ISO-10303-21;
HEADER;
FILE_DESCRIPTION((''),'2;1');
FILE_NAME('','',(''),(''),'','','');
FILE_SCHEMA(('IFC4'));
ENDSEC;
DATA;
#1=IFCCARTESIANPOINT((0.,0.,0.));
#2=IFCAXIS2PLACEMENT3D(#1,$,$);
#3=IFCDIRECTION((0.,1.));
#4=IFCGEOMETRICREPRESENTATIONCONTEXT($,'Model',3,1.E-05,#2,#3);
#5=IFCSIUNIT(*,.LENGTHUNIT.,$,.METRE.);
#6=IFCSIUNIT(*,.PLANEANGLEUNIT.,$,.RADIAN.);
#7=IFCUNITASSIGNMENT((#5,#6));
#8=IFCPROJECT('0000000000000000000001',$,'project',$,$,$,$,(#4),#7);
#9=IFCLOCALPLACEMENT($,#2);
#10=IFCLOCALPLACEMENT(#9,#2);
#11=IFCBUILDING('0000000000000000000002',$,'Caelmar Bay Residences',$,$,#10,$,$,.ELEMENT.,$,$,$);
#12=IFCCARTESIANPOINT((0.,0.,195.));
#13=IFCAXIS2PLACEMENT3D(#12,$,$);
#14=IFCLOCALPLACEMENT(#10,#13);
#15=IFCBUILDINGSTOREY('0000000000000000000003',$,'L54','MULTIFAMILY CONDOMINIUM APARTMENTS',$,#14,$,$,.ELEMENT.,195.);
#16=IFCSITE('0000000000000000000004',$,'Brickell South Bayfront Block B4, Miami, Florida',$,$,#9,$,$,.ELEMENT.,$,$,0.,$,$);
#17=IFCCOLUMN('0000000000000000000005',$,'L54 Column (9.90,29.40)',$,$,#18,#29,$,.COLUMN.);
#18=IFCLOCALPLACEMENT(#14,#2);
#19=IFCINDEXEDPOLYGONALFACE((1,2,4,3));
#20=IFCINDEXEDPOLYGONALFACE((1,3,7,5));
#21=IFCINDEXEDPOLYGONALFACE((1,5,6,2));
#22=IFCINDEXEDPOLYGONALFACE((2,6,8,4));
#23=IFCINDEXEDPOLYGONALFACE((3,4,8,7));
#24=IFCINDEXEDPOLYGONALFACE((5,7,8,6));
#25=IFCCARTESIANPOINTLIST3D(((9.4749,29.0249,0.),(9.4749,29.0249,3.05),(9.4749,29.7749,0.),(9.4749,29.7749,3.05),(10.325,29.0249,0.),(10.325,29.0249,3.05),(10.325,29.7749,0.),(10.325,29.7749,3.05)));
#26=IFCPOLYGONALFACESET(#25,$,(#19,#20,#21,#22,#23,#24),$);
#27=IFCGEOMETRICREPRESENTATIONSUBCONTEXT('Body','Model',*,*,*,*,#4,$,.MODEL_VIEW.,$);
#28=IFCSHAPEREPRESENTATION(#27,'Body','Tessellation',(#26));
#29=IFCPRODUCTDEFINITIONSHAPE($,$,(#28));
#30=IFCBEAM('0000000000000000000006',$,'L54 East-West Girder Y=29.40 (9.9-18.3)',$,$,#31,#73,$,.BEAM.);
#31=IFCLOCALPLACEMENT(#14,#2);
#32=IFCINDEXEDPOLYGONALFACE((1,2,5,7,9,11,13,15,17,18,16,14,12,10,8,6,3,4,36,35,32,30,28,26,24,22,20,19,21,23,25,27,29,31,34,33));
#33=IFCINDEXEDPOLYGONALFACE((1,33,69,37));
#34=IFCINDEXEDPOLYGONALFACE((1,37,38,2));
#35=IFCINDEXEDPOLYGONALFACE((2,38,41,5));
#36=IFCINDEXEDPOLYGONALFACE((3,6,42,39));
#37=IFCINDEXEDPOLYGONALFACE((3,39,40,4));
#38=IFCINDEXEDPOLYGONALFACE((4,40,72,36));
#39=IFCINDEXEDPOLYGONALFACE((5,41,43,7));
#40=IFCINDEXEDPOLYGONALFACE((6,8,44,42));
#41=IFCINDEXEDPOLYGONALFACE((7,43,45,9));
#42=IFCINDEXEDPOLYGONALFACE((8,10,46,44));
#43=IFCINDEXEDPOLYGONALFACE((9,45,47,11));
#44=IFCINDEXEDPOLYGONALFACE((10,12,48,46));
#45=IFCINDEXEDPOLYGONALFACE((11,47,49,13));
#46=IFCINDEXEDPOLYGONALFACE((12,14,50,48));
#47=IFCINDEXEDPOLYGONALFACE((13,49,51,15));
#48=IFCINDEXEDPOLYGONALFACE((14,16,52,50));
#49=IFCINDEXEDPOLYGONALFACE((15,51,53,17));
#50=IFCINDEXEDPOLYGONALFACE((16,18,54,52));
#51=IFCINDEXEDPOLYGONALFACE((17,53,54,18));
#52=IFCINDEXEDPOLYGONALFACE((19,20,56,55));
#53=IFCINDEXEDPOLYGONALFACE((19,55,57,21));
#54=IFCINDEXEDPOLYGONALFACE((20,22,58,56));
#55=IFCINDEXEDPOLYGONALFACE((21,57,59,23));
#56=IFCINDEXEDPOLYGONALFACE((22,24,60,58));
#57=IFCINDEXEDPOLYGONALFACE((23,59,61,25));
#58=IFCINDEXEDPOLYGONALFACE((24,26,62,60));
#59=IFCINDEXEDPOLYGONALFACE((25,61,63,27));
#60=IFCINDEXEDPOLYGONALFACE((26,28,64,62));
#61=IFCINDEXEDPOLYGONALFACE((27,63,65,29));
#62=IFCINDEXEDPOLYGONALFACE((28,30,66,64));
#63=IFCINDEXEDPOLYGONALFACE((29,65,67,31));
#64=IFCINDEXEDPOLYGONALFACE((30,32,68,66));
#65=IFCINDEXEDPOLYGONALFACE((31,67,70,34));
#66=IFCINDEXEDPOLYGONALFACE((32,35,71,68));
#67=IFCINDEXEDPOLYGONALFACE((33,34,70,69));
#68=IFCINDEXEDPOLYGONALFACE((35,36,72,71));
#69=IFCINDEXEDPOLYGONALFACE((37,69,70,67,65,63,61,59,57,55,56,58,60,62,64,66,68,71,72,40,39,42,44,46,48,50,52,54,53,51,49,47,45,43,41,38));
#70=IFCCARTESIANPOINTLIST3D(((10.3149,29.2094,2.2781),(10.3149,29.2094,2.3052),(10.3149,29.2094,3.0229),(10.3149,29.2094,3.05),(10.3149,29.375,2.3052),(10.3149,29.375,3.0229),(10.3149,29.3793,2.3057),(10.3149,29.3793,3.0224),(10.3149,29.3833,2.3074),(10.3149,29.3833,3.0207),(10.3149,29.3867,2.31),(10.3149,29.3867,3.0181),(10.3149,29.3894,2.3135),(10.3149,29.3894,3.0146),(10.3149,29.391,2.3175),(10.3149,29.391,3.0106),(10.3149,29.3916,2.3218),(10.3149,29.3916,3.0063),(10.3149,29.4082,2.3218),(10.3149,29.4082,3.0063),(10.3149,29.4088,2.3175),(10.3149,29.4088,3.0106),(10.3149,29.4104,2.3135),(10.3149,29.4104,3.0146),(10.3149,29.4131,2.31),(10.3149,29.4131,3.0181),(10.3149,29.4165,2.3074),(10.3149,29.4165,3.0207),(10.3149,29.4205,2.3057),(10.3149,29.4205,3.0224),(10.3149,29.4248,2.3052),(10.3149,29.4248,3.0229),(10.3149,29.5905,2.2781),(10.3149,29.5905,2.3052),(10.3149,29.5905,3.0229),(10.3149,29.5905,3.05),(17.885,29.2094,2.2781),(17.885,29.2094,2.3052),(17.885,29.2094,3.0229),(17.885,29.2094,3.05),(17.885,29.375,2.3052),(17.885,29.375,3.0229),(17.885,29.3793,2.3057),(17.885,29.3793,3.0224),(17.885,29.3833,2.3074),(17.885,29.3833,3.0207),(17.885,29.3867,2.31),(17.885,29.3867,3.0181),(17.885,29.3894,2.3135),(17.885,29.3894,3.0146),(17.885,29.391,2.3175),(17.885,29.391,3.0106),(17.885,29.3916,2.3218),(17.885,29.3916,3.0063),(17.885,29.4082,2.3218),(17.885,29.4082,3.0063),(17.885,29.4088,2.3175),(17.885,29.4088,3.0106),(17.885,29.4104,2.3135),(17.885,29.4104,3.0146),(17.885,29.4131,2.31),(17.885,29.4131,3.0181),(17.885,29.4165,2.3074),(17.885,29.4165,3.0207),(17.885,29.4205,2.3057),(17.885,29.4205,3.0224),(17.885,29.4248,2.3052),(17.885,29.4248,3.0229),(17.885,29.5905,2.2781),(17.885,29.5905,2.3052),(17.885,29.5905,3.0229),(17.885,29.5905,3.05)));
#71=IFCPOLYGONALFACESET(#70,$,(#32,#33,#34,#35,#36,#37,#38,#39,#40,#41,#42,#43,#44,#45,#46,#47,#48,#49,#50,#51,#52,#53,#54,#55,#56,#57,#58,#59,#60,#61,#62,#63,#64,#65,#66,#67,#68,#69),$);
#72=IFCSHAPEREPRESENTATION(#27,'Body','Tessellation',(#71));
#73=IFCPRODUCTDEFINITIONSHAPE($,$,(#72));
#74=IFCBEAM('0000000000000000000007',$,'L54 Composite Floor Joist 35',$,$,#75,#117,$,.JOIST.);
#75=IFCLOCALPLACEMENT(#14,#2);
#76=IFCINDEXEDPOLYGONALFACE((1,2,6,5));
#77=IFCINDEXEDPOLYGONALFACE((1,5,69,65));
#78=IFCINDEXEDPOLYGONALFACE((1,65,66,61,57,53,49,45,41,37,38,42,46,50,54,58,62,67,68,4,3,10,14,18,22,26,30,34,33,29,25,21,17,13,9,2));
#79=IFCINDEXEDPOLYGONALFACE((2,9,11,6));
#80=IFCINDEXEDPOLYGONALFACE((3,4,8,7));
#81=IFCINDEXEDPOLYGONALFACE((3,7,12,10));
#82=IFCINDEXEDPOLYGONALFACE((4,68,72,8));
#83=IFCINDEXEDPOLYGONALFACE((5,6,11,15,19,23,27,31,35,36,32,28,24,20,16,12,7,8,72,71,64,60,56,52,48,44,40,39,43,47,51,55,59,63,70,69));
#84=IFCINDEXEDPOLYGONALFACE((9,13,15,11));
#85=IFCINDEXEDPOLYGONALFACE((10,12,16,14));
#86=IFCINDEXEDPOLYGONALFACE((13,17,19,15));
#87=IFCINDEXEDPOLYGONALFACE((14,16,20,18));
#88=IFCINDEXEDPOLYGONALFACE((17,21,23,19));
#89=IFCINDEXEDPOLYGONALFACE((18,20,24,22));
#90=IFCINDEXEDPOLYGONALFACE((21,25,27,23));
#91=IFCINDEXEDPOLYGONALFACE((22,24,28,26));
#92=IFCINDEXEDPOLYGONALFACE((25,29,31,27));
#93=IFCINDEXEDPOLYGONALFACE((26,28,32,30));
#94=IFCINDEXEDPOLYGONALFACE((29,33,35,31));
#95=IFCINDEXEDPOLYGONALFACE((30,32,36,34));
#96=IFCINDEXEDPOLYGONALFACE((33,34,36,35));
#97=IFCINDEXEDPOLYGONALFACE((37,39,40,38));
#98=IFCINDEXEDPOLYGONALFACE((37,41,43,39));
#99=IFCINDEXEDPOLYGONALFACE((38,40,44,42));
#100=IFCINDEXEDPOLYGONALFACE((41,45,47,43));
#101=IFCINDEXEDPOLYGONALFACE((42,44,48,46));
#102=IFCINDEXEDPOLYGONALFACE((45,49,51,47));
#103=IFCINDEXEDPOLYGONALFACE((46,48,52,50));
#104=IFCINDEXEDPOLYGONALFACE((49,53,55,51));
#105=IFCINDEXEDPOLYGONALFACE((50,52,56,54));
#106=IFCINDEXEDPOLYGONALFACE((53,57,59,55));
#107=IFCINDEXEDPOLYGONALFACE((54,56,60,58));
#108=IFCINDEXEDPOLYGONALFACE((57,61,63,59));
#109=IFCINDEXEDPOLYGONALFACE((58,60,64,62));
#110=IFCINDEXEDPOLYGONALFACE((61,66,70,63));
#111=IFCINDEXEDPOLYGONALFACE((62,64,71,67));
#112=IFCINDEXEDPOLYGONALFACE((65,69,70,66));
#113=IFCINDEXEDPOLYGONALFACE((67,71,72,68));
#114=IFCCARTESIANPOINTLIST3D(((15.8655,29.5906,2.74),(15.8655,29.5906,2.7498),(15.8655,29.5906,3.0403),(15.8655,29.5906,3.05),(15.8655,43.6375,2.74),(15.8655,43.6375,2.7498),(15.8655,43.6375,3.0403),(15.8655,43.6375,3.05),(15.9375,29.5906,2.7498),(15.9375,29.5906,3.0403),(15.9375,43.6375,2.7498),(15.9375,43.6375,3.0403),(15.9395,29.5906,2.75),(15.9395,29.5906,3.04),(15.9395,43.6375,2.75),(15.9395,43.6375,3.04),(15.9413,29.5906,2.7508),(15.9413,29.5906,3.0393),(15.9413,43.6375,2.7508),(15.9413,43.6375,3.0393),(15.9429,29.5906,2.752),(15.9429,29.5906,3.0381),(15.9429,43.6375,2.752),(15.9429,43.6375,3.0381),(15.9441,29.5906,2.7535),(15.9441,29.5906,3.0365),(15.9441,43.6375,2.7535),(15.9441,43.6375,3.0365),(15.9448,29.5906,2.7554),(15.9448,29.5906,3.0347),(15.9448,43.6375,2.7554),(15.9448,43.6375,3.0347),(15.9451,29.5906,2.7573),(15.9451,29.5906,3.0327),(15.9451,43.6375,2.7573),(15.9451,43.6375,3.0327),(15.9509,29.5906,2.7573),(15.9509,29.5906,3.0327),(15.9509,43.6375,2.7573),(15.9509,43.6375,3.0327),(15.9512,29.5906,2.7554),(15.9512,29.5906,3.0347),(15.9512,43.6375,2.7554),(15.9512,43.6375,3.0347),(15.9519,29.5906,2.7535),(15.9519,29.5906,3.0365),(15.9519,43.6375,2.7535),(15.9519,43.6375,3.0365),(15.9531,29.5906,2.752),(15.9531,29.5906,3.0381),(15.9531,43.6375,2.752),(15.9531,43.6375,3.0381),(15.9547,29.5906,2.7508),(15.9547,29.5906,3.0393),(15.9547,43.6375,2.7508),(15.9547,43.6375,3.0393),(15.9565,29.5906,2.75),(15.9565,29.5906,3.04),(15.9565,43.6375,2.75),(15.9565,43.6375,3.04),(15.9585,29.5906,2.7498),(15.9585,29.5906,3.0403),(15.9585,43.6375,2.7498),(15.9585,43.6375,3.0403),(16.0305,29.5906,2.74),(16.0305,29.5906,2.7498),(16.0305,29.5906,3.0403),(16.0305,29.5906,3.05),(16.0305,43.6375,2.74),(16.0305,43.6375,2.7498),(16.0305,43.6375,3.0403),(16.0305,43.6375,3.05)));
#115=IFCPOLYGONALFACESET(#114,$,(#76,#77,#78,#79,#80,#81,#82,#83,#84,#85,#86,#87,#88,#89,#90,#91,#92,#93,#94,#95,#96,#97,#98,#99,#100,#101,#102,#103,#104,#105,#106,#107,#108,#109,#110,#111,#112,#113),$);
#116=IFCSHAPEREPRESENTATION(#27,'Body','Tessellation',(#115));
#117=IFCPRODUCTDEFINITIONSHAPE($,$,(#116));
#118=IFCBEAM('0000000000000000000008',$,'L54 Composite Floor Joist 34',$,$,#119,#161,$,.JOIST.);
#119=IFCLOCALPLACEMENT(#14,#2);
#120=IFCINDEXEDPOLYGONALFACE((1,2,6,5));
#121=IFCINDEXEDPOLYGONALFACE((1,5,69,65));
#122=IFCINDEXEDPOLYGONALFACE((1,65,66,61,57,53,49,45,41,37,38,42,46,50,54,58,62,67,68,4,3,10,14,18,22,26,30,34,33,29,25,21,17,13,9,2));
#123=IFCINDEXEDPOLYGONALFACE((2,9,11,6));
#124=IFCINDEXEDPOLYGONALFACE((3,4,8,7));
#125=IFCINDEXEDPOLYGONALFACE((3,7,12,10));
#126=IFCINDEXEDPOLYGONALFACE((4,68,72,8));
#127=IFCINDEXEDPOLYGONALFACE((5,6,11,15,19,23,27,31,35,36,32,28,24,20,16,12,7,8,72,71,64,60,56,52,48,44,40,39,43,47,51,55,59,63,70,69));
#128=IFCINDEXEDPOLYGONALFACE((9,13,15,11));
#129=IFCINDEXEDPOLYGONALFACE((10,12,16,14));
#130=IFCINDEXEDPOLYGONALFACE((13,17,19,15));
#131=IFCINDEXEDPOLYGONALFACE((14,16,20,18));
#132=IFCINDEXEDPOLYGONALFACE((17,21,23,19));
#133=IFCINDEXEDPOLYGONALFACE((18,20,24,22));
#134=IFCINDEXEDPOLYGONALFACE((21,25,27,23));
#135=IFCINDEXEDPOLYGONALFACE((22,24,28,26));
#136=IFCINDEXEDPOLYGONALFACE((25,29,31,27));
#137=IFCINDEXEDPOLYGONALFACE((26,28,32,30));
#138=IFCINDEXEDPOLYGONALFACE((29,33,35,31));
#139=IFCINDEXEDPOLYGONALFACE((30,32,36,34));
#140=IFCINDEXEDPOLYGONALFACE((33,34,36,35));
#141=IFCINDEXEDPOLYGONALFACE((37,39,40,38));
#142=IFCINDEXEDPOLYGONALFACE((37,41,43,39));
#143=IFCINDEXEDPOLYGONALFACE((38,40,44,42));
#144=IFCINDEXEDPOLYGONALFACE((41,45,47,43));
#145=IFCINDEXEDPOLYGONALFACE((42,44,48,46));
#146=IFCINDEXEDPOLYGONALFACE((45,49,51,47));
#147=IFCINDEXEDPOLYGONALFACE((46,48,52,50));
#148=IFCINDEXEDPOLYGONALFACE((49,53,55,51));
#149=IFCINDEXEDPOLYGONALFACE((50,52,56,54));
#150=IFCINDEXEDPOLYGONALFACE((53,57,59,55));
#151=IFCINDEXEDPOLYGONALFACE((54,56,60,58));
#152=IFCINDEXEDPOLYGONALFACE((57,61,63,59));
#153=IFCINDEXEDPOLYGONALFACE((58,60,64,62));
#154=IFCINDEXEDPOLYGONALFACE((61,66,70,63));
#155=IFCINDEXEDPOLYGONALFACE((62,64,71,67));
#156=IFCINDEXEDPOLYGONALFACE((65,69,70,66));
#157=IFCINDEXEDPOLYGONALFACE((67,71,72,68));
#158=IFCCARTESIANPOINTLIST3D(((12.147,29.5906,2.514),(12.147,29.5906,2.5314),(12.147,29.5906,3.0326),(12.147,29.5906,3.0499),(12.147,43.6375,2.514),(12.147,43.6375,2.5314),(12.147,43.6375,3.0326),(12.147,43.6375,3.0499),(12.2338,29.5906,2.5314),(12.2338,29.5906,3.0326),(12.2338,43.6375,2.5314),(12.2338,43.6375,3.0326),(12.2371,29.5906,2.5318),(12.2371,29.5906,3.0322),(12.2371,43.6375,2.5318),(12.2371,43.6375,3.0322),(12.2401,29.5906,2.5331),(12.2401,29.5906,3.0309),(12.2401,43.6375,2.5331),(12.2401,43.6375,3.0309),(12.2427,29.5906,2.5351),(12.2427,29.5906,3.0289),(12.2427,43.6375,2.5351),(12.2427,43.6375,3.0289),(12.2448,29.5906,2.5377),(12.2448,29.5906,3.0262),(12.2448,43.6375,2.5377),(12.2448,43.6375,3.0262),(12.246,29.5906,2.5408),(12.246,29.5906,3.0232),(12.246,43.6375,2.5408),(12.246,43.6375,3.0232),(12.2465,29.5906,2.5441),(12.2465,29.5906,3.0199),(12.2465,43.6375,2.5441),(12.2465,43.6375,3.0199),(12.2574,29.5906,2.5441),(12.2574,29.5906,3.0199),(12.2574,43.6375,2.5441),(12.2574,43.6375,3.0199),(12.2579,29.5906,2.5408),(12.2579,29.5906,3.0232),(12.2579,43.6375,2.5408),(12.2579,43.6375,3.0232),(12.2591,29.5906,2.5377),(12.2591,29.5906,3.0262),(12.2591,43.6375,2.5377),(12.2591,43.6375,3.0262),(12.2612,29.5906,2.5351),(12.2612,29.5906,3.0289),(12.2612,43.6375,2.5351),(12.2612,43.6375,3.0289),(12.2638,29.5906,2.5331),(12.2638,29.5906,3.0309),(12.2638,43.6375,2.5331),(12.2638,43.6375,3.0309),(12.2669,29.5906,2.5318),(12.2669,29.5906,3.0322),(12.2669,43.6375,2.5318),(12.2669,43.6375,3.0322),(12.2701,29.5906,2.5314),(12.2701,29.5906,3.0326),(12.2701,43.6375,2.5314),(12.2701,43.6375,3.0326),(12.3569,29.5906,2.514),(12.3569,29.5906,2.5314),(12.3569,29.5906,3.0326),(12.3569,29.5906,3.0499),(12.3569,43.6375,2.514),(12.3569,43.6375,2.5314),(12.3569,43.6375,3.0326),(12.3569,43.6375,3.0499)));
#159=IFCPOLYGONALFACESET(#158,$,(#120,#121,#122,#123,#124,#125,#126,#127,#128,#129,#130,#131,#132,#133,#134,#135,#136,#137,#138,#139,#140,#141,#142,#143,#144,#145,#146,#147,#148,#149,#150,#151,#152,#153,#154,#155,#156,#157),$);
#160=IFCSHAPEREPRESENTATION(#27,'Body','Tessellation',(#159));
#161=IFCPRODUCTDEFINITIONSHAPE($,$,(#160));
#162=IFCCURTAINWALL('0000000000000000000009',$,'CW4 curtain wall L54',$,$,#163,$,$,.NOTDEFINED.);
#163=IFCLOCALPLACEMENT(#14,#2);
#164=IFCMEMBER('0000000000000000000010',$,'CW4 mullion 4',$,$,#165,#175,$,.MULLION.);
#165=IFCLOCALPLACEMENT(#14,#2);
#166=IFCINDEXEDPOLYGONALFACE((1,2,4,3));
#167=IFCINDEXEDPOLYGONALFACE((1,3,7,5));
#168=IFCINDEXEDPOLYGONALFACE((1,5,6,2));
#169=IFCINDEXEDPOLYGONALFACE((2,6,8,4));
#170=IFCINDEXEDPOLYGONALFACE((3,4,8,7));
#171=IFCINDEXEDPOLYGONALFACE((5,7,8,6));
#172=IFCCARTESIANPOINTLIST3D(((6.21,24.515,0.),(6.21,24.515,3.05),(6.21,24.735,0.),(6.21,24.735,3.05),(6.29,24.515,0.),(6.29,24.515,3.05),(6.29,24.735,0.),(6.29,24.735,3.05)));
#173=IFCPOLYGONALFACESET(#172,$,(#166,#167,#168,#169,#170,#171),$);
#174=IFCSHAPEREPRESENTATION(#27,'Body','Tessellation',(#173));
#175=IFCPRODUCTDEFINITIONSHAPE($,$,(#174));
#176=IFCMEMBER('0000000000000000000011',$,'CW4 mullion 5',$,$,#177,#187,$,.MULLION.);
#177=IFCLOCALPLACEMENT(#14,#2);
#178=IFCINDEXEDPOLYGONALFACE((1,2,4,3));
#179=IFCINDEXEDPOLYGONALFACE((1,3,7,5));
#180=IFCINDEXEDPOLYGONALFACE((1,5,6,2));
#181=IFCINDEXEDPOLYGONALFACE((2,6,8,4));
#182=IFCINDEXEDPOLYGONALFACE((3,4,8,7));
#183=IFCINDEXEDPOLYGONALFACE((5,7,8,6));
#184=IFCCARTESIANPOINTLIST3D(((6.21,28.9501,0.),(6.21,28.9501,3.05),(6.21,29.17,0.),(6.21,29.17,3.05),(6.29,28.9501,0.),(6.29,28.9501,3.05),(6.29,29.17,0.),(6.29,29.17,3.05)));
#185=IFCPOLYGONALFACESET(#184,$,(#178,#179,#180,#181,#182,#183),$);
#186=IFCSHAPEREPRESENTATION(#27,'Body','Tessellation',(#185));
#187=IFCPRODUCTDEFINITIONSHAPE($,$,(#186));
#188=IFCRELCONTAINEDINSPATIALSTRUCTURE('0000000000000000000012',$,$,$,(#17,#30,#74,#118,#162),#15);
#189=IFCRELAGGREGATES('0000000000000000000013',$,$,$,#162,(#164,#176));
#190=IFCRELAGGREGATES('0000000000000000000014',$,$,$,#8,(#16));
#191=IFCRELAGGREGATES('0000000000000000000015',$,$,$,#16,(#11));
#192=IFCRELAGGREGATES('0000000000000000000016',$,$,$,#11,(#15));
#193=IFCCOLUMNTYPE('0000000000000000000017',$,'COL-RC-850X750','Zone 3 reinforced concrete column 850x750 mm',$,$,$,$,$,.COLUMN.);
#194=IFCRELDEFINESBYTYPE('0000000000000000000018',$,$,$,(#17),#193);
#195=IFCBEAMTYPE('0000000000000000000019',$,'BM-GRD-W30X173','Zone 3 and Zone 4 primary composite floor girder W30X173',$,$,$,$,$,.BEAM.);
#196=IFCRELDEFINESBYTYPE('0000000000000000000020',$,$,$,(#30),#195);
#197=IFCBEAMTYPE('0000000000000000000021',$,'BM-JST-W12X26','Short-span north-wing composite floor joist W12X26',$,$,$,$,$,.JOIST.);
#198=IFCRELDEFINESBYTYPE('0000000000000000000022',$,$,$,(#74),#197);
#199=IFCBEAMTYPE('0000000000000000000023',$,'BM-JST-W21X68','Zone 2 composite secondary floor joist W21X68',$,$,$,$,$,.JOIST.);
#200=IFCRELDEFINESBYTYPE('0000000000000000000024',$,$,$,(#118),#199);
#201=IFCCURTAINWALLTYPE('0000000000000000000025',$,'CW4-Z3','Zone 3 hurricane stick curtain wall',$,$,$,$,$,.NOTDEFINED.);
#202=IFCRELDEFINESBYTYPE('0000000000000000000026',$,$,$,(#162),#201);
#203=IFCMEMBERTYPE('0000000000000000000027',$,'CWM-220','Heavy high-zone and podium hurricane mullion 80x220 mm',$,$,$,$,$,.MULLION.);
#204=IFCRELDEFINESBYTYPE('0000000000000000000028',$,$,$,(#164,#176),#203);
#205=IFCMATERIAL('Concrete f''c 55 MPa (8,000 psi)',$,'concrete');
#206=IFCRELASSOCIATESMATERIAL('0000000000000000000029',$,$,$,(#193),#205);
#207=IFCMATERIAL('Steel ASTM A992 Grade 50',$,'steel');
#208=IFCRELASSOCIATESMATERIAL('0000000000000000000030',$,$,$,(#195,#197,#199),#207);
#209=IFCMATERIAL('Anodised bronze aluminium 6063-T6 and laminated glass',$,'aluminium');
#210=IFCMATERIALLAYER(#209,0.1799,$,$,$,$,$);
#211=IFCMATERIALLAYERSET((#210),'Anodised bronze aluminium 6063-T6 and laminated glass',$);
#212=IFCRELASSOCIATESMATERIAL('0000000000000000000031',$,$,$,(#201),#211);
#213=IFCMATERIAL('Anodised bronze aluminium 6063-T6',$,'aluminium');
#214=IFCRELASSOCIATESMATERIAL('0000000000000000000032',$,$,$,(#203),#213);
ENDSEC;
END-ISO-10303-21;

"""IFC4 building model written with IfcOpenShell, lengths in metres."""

from ifc_helpers import new_model, si_unit, direction, frame, origin, origin_2d, place, context, subcontext, project, spatial, rectangle, i_section, extrude, material, layer, layer_set, material_profile, profile_set, type_object, element, aggregate, save


model = new_model("IFC4")

# Units and contexts
model_context = context("Model", 3, precision=1e-05, world=origin(), true_north=direction((0.0, 1.0)))
body_context = subcontext(model_context, "Body", "Model", "MODEL_VIEW")
ifc_project = project(units=[si_unit("LENGTHUNIT", "METRE"), si_unit("PLANEANGLEUNIT", "RADIAN")], contexts=[model_context])

# Site, building, storey
site_placement = place(None, origin())
site = spatial("IfcSite", under=ifc_project, at=site_placement, Name="Brickell South Bayfront Block B4, Miami, Florida", CompositionType="ELEMENT", RefElevation=0.0)
building_placement = place(site_placement, origin())
building = spatial("IfcBuilding", under=site, at=building_placement, Name="Caelmar Bay Residences", CompositionType="ELEMENT")
storey_placement = place(building_placement, frame((0.0, 0.0, 195.0)))
storey = spatial("IfcBuildingStorey", under=building, at=storey_placement, Name="L54", Description="MULTIFAMILY CONDOMINIUM APARTMENTS", CompositionType="ELEMENT", Elevation=195.0)

# Column
ifc_material_1 = material(Name="Concrete f'c 55 MPa (8,000 psi)", Category="concrete")
ifc_material_profile_1 = material_profile(ifc_material_1, rectangle(XDim=0.8501, YDim=0.75, at=origin_2d()), Name="RC-COL-850X750")
ifc_profile_set_1 = profile_set([ifc_material_profile_1], Name="Concrete f'c 55 MPa (8,000 psi)")
column_type = type_object("IfcColumnType", Name="COL-RC-850X750", Description="Zone 3 reinforced concrete column 850x750 mm", PredefinedType="COLUMN", material=ifc_profile_set_1)
column_placement = place(storey_placement, frame((9.8999, 29.3999, 0.0), z_axis=(0.0, 0.0, 1.0), x_axis=(1.0, 0.0, 0.0)))
element("IfcColumn", 1, at=column_placement, inside=storey, type_object=column_type, Name="L54 Column (9.90,29.40)", PredefinedType="COLUMN", context=body_context, shape_type="SweptSolid", body=[
    extrude(rectangle(XDim=0.8501, YDim=0.75, at=origin_2d()), origin(), (0.0, 0.0, 1.0), 3.05),
])

# Beams
ifc_material_2 = material(Name="Steel ASTM A992 Grade 50", Category="steel")
ifc_material_profile_2 = material_profile(ifc_material_2, i_section(OverallWidth=0.3811, OverallDepth=0.772, WebThickness=0.0166, FlangeThickness=0.0271, FilletRadius=0.0166, at=origin_2d()), Name="W30X173")
ifc_profile_set_2 = profile_set([ifc_material_profile_2], Name="Steel ASTM A992 Grade 50")
beam_type_1 = type_object("IfcBeamType", Name="BM-GRD-W30X173", Description="Zone 3 and Zone 4 primary composite floor girder W30X173", PredefinedType="BEAM", material=ifc_profile_set_2)
beam_1_placement = place(storey_placement, frame((10.3149, 29.3999, 2.6641), z_axis=(1.0, 0.0, 0.0), x_axis=(0.0, 1.0, 0.0)))
element("IfcBeam", 2, at=beam_1_placement, inside=storey, type_object=beam_type_1, Name="L54 East-West Girder Y=29.40 (9.9-18.3)", PredefinedType="BEAM", context=body_context, shape_type="SweptSolid", body=[
    extrude(i_section(OverallWidth=0.3811, OverallDepth=0.772, WebThickness=0.0166, FlangeThickness=0.0271, FilletRadius=0.0166, at=origin_2d()), origin(), (0.0, 0.0, 1.0), 7.5701),
])
ifc_material_profile_3 = material_profile(ifc_material_2, i_section(OverallWidth=0.165, OverallDepth=0.3101, WebThickness=0.0059, FlangeThickness=0.0098, FilletRadius=0.0076, at=origin_2d()), Name="W12X26")
ifc_profile_set_3 = profile_set([ifc_material_profile_3], Name="Steel ASTM A992 Grade 50")
beam_type_2 = type_object("IfcBeamType", Name="BM-JST-W12X26", Description="Short-span north-wing composite floor joist W12X26", PredefinedType="JOIST", material=ifc_profile_set_3)
beam_2_placement = place(storey_placement, frame((15.948, 29.5906, 2.895), z_axis=(0.0, 1.0, 0.0), x_axis=(-1.0, 0.0, 0.0)))
element("IfcBeam", 3, at=beam_2_placement, inside=storey, type_object=beam_type_2, Name="L54 Composite Floor Joist 35", PredefinedType="JOIST", context=body_context, shape_type="SweptSolid", body=[
    extrude(i_section(OverallWidth=0.165, OverallDepth=0.3101, WebThickness=0.0059, FlangeThickness=0.0098, FilletRadius=0.0076, at=origin_2d()), origin(), (0.0, 0.0, 1.0), 14.0469),
])
ifc_material_profile_4 = material_profile(ifc_material_2, i_section(OverallWidth=0.21, OverallDepth=0.5359, WebThickness=0.011, FlangeThickness=0.0173, FilletRadius=0.0127, at=origin_2d()), Name="W21X68")
ifc_profile_set_4 = profile_set([ifc_material_profile_4], Name="Steel ASTM A992 Grade 50")
beam_type_3 = type_object("IfcBeamType", Name="BM-JST-W21X68", Description="Zone 2 composite secondary floor joist W21X68", PredefinedType="JOIST", material=ifc_profile_set_4)
beam_3_placement = place(storey_placement, frame((12.252, 29.5906, 2.782), z_axis=(0.0, 1.0, 0.0), x_axis=(-1.0, 0.0, 0.0)))
element("IfcBeam", 4, at=beam_3_placement, inside=storey, type_object=beam_type_3, Name="L54 Composite Floor Joist 34", PredefinedType="JOIST", context=body_context, shape_type="SweptSolid", body=[
    extrude(i_section(OverallWidth=0.21, OverallDepth=0.5359, WebThickness=0.011, FlangeThickness=0.0173, FilletRadius=0.0127, at=origin_2d()), origin(), (0.0, 0.0, 1.0), 14.0469),
])

# Curtain wall, members
ifc_material_3 = material(Name="Anodised bronze aluminium 6063-T6 and laminated glass", Category="aluminium")
ifc_layer_1 = layer(ifc_material_3, 0.1799)
ifc_layer_set_1 = layer_set([ifc_layer_1], Name="Anodised bronze aluminium 6063-T6 and laminated glass")
curtain_wall_type = type_object("IfcCurtainWallType", Name="CW4-Z3", Description="Zone 3 hurricane stick curtain wall", PredefinedType="NOTDEFINED", material=ifc_layer_set_1)
curtain_wall_placement = place(storey_placement, origin())
curtain_wall = element("IfcCurtainWall", 5, at=curtain_wall_placement, inside=storey, type_object=curtain_wall_type, Name="CW4 curtain wall L54", PredefinedType="NOTDEFINED")
ifc_material_4 = material(Name="Anodised bronze aluminium 6063-T6", Category="aluminium")
ifc_material_profile_5 = material_profile(ifc_material_4, rectangle(XDim=0.0801, YDim=0.22, at=origin_2d()), Name="CWM-80X220")
ifc_profile_set_5 = profile_set([ifc_material_profile_5], Name="Anodised bronze aluminium 6063-T6")
member_type_1 = type_object("IfcMemberType", Name="CWM-220", Description="Heavy high-zone and podium hurricane mullion 80x220 mm", PredefinedType="MULLION", material=ifc_profile_set_5)
member_1_placement = place(storey_placement, frame((6.25, 24.625, 0.0), z_axis=(0.0, 0.0, 1.0), x_axis=(-1.0, 0.0, 0.0)))
member_1 = element("IfcMember", 6, at=member_1_placement, type_object=member_type_1, Name="CW4 mullion 4", PredefinedType="MULLION", context=body_context, shape_type="SweptSolid", body=[
    extrude(rectangle(XDim=0.0801, YDim=0.22, at=origin_2d()), origin(), (0.0, 0.0, 1.0), 3.05),
])
member_2_placement = place(storey_placement, frame((6.25, 29.0601, 0.0), z_axis=(0.0, 0.0, 1.0), x_axis=(-1.0, 0.0, 0.0)))
member_2 = element("IfcMember", 7, at=member_2_placement, type_object=member_type_1, Name="CW4 mullion 5", PredefinedType="MULLION", context=body_context, shape_type="SweptSolid", body=[
    extrude(rectangle(XDim=0.0801, YDim=0.22, at=origin_2d()), origin(), (0.0, 0.0, 1.0), 3.05),
])
aggregate(curtain_wall, [member_1, member_2])

save(model, "model.ifc")
